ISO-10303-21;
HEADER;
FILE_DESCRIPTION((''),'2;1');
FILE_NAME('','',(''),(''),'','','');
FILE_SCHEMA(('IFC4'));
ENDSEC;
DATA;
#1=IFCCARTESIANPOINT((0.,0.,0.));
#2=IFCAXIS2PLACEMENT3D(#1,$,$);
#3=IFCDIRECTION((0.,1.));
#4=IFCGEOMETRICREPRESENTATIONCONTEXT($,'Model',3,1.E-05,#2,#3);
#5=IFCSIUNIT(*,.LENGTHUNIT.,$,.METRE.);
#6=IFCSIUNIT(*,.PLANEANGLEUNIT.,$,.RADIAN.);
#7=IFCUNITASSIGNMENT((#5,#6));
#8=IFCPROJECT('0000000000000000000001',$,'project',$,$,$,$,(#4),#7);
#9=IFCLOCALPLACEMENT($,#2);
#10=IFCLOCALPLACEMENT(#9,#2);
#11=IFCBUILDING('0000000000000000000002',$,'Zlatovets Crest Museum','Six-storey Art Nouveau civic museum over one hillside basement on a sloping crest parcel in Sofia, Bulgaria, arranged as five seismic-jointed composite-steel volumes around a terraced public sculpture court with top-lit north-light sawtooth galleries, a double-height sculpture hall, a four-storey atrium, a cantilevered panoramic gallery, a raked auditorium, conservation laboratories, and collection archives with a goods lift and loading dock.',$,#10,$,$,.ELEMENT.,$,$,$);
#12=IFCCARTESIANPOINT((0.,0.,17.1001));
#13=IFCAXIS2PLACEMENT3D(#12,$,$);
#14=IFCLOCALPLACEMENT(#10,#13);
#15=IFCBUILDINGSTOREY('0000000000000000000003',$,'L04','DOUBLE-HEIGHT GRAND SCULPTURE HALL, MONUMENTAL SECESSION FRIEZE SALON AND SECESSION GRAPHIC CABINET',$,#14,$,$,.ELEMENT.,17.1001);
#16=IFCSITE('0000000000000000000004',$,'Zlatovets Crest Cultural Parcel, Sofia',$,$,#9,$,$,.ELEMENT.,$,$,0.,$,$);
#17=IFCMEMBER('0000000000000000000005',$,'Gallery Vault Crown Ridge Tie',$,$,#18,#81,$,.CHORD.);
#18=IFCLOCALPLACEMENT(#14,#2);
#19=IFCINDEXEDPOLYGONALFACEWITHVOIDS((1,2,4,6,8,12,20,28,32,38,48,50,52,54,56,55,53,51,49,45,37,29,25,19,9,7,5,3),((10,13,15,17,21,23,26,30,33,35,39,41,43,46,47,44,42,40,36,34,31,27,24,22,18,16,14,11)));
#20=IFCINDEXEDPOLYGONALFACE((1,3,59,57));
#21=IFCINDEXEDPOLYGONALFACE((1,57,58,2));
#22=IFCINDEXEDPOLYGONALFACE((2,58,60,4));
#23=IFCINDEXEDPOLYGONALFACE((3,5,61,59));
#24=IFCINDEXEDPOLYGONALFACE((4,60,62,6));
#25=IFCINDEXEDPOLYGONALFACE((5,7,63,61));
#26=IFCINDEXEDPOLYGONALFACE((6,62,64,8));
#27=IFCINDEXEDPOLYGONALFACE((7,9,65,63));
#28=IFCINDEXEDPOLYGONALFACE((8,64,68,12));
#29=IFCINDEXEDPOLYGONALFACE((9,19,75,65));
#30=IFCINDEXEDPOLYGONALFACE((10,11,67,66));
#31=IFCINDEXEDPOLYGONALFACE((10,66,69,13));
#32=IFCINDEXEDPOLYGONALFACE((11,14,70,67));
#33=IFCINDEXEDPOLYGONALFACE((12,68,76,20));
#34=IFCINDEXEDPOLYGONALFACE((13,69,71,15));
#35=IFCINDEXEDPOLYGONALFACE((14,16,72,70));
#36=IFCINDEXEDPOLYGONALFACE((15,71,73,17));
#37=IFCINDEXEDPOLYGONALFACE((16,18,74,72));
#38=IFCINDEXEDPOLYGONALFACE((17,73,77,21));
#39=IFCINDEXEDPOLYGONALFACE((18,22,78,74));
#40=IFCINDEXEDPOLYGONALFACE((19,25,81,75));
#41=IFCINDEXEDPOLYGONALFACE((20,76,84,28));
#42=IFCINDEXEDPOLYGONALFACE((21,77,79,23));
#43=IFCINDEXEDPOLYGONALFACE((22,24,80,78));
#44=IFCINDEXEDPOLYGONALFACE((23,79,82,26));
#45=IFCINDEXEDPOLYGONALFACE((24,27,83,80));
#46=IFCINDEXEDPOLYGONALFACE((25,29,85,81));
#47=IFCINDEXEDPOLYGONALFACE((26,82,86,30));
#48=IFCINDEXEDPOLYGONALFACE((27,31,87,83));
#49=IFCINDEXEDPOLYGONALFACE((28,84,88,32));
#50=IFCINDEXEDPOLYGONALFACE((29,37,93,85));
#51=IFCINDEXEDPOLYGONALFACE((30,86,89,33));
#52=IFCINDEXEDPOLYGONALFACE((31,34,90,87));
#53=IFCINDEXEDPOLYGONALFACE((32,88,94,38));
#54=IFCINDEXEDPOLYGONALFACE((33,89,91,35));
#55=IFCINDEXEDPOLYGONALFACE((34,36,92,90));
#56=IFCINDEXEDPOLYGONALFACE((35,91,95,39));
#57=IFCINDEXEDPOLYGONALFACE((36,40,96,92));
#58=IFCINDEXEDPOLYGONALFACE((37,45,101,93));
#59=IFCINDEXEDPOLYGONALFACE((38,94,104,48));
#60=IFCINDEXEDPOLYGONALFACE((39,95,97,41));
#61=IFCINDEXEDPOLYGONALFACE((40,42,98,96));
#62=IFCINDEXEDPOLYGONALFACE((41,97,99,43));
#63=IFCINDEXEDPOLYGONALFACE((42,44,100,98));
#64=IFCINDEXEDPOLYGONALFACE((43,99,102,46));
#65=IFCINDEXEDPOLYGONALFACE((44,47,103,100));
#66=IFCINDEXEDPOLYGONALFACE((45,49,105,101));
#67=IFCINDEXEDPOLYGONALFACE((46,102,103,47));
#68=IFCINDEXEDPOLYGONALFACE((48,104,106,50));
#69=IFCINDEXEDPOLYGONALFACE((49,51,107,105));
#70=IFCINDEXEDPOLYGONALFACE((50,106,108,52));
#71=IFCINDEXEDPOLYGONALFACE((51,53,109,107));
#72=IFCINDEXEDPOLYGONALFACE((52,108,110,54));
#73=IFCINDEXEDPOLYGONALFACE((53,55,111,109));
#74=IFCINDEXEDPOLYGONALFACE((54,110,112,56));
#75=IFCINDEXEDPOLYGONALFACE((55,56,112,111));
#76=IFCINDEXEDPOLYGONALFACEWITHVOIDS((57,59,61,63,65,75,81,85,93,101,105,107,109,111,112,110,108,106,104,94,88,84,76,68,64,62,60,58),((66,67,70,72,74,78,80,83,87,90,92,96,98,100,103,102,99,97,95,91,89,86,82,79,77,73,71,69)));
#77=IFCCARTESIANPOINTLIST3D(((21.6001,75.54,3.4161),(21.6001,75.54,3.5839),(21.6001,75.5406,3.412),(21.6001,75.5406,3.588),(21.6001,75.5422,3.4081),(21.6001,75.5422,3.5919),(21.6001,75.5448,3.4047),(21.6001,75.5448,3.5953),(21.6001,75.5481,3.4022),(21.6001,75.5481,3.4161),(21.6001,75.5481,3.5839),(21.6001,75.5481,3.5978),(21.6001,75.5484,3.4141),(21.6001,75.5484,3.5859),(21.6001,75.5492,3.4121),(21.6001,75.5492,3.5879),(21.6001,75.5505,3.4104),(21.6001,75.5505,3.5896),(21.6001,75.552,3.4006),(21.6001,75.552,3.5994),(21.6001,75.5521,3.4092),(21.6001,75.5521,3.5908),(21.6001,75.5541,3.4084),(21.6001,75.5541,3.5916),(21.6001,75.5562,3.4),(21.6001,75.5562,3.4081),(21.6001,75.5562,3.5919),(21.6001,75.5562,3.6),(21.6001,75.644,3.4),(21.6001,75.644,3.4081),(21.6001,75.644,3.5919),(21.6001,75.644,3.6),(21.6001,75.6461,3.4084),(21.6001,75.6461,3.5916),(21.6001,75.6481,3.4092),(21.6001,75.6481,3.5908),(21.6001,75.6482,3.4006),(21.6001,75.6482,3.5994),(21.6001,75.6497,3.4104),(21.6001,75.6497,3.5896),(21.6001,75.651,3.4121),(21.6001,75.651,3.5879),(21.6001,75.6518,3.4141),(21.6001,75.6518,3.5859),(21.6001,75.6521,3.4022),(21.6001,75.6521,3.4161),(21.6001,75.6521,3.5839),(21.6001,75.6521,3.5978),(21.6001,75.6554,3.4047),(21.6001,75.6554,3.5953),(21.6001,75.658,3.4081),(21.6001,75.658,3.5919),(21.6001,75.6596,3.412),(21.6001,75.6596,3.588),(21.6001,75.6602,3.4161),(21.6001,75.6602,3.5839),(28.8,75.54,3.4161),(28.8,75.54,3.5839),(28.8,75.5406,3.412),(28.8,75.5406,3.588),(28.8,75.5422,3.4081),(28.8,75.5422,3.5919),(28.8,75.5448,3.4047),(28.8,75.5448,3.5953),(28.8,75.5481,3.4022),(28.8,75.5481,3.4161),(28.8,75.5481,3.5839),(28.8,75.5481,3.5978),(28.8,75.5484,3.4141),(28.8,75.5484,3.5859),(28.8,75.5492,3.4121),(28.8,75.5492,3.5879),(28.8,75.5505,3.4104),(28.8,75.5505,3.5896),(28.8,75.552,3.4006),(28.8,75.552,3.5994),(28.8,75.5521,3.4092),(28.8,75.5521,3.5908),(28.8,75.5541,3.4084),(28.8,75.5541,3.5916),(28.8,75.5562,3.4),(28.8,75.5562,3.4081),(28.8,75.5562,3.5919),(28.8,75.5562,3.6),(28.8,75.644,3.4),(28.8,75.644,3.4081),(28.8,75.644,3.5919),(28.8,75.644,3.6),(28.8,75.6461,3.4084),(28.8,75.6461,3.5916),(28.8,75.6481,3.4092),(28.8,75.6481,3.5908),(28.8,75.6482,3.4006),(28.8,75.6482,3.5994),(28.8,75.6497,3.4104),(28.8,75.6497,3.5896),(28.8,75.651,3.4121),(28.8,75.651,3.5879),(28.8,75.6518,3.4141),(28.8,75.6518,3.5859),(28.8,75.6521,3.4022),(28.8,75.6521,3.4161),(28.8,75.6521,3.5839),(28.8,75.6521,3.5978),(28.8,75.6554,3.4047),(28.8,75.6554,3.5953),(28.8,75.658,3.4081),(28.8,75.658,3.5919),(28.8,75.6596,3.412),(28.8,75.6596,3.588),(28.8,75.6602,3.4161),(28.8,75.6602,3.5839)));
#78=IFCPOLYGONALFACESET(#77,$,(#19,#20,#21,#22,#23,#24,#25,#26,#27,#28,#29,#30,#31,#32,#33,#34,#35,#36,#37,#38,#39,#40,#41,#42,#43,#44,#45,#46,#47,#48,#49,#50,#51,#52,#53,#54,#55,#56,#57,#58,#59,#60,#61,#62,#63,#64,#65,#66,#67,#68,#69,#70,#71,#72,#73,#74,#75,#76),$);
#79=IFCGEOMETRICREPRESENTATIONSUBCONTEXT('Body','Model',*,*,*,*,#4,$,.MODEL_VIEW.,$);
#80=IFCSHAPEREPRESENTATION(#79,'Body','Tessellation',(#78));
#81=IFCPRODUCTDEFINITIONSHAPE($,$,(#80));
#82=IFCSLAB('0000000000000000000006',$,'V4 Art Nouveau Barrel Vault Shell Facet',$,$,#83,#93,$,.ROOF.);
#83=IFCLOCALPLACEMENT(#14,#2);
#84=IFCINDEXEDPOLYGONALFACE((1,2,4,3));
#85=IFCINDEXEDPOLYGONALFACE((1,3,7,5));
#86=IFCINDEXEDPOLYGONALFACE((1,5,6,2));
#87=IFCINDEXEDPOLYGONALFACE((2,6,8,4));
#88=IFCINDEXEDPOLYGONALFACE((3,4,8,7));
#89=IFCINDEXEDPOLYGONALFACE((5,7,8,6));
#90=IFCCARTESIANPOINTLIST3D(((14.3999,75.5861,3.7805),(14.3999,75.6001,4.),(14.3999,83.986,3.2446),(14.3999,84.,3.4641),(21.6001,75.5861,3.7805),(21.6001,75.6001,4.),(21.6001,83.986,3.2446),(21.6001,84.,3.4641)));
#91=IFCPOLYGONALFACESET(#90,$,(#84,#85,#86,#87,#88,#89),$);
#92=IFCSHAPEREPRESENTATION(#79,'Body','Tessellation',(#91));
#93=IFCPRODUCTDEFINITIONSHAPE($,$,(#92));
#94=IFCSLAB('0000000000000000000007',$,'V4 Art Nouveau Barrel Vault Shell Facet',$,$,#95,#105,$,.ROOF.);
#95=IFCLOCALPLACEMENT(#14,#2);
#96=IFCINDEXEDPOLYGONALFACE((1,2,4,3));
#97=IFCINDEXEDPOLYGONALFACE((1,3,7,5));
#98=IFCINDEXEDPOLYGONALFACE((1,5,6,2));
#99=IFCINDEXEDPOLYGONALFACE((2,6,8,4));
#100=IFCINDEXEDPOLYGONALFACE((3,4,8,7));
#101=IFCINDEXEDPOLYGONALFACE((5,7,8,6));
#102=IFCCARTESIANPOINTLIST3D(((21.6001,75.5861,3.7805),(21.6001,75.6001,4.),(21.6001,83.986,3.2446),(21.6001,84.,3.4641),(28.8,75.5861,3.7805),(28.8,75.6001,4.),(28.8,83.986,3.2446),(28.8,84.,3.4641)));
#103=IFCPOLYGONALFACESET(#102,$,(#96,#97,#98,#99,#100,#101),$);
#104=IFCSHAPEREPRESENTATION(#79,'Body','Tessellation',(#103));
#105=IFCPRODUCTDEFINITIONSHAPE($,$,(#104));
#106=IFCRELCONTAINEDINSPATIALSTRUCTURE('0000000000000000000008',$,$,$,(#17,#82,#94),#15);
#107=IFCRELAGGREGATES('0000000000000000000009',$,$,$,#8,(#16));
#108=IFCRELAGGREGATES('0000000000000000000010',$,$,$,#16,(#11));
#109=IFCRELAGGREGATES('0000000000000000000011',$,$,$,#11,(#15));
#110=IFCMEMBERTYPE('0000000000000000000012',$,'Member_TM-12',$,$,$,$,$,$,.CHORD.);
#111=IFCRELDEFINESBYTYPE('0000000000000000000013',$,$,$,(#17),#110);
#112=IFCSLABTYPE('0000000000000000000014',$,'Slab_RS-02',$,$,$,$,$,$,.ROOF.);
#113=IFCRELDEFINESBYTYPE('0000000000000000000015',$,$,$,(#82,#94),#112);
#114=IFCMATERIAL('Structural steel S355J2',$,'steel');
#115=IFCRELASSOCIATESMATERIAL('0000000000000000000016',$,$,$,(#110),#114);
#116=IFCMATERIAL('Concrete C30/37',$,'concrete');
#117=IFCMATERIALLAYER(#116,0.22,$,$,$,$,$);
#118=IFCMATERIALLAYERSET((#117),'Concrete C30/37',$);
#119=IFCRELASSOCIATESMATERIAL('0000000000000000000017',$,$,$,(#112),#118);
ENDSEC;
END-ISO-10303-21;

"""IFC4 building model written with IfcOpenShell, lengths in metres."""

from ifc_helpers import new_model, si_unit, direction, frame, origin, origin_2d, place, context, subcontext, project, spatial, polyline, hollow_rectangle, outline, extrude, material, layer, layer_set, material_profile, profile_set, type_object, element, save


model = new_model("IFC4")

# Units and contexts
model_context = context("Model", 3, precision=1e-05, world=origin(), true_north=direction((0.0, 1.0)))
body_context = subcontext(model_context, "Body", "Model", "MODEL_VIEW")
ifc_project = project(units=[si_unit("LENGTHUNIT", "METRE"), si_unit("PLANEANGLEUNIT", "RADIAN")], contexts=[model_context])

# Site, building, storey
site_placement = place(None, origin())
site = spatial("IfcSite", under=ifc_project, at=site_placement, Name="Zlatovets Crest Cultural Parcel, Sofia", CompositionType="ELEMENT", RefElevation=0.0)
building_placement = place(site_placement, origin())
building = spatial("IfcBuilding", under=site, at=building_placement, Name="Zlatovets Crest Museum", Description="Six-storey Art Nouveau civic museum over one hillside basement on a sloping crest parcel in Sofia, Bulgaria, arranged as five seismic-jointed composite-steel volumes around a terraced public sculpture court with top-lit north-light sawtooth galleries, a double-height sculpture hall, a four-storey atrium, a cantilevered panoramic gallery, a raked auditorium, conservation laboratories, and collection archives with a goods lift and loading dock.", CompositionType="ELEMENT")
storey_placement = place(building_placement, frame((0.0, 0.0, 17.1001)))
storey = spatial("IfcBuildingStorey", under=building, at=storey_placement, Name="L04", Description="DOUBLE-HEIGHT GRAND SCULPTURE HALL, MONUMENTAL SECESSION FRIEZE SALON AND SECESSION GRAPHIC CABINET", CompositionType="ELEMENT", Elevation=17.1001)

# Shared definitions
ifc_material_1 = material(Name="Structural steel S355J2", Category="steel")

# Member
ifc_material_profile_1 = material_profile(ifc_material_1, hollow_rectangle(XDim=0.1201, YDim=0.2, WallThickness=0.0081, InnerFilletRadius=0.0081, OuterFilletRadius=0.0161, at=origin_2d()), Name="RHS 120x200x8.0")
ifc_profile_set_1 = profile_set([ifc_material_profile_1], Name="Structural steel S355J2")
member_type_1 = type_object("IfcMemberType", Name="Member_TM-12", PredefinedType="CHORD", material=ifc_profile_set_1)
for number, where, z_axis, x_axis, name in (
    (1, (21.6001, 75.6001, 3.5), (1.0, 0.0, 0.0), (0.0, 1.0, 0.0), "Gallery Vault Crown Ridge Tie"),
):
    element("IfcMember", number, at=place(storey_placement, frame(where, z_axis=z_axis, x_axis=x_axis)), inside=storey, type_object=member_type_1, Name=name, PredefinedType="CHORD", context=body_context, shape_type="SweptSolid", body=[
        extrude(hollow_rectangle(XDim=0.1201, YDim=0.2, WallThickness=0.0081, InnerFilletRadius=0.0081, OuterFilletRadius=0.0161, at=origin_2d()), origin(), (0.0, 0.0, 1.0), 7.2),
    ])

# Slabs
ifc_material_2 = material(Name="Concrete C30/37", Category="concrete")
ifc_layer = layer(ifc_material_2, 0.22)
ifc_layer_set = layer_set([ifc_layer], Name="Concrete C30/37")
slab_type = type_object("IfcSlabType", Name="Slab_RS-02", PredefinedType="ROOF", material=ifc_layer_set)
slab_1_placement = place(storey_placement, frame((14.3999, 75.6001, 4.0), z_axis=(0.0, 0.063668, 0.997971), x_axis=(1.0, 0.0, 0.0)))
element("IfcSlab", 2, at=slab_1_placement, inside=storey, type_object=slab_type, Name="V4 Art Nouveau Barrel Vault Shell Facet", PredefinedType="ROOF", context=body_context, shape_type="SweptSolid", body=[
    extrude(outline(polyline([(0.0, 0.0), (7.2002, 0.0), (7.2002, 8.417), (0.0, 8.417), (0.0, 0.0)])), origin(), (0.0, 0.0, -1.0), 0.22),
])
slab_2_placement = place(storey_placement, frame((21.6001, 75.6001, 4.0), z_axis=(0.0, 0.063668, 0.997971), x_axis=(1.0, 0.0, 0.0)))
element("IfcSlab", 3, at=slab_2_placement, inside=storey, type_object=slab_type, Name="V4 Art Nouveau Barrel Vault Shell Facet", PredefinedType="ROOF", context=body_context, shape_type="SweptSolid", body=[
    extrude(outline(polyline([(0.0, 0.0), (7.2, 0.0), (7.2, 8.417), (0.0, 8.417), (0.0, 0.0)])), origin(), (0.0, 0.0, -1.0), 0.22),
])

save(model, "model.ifc")
